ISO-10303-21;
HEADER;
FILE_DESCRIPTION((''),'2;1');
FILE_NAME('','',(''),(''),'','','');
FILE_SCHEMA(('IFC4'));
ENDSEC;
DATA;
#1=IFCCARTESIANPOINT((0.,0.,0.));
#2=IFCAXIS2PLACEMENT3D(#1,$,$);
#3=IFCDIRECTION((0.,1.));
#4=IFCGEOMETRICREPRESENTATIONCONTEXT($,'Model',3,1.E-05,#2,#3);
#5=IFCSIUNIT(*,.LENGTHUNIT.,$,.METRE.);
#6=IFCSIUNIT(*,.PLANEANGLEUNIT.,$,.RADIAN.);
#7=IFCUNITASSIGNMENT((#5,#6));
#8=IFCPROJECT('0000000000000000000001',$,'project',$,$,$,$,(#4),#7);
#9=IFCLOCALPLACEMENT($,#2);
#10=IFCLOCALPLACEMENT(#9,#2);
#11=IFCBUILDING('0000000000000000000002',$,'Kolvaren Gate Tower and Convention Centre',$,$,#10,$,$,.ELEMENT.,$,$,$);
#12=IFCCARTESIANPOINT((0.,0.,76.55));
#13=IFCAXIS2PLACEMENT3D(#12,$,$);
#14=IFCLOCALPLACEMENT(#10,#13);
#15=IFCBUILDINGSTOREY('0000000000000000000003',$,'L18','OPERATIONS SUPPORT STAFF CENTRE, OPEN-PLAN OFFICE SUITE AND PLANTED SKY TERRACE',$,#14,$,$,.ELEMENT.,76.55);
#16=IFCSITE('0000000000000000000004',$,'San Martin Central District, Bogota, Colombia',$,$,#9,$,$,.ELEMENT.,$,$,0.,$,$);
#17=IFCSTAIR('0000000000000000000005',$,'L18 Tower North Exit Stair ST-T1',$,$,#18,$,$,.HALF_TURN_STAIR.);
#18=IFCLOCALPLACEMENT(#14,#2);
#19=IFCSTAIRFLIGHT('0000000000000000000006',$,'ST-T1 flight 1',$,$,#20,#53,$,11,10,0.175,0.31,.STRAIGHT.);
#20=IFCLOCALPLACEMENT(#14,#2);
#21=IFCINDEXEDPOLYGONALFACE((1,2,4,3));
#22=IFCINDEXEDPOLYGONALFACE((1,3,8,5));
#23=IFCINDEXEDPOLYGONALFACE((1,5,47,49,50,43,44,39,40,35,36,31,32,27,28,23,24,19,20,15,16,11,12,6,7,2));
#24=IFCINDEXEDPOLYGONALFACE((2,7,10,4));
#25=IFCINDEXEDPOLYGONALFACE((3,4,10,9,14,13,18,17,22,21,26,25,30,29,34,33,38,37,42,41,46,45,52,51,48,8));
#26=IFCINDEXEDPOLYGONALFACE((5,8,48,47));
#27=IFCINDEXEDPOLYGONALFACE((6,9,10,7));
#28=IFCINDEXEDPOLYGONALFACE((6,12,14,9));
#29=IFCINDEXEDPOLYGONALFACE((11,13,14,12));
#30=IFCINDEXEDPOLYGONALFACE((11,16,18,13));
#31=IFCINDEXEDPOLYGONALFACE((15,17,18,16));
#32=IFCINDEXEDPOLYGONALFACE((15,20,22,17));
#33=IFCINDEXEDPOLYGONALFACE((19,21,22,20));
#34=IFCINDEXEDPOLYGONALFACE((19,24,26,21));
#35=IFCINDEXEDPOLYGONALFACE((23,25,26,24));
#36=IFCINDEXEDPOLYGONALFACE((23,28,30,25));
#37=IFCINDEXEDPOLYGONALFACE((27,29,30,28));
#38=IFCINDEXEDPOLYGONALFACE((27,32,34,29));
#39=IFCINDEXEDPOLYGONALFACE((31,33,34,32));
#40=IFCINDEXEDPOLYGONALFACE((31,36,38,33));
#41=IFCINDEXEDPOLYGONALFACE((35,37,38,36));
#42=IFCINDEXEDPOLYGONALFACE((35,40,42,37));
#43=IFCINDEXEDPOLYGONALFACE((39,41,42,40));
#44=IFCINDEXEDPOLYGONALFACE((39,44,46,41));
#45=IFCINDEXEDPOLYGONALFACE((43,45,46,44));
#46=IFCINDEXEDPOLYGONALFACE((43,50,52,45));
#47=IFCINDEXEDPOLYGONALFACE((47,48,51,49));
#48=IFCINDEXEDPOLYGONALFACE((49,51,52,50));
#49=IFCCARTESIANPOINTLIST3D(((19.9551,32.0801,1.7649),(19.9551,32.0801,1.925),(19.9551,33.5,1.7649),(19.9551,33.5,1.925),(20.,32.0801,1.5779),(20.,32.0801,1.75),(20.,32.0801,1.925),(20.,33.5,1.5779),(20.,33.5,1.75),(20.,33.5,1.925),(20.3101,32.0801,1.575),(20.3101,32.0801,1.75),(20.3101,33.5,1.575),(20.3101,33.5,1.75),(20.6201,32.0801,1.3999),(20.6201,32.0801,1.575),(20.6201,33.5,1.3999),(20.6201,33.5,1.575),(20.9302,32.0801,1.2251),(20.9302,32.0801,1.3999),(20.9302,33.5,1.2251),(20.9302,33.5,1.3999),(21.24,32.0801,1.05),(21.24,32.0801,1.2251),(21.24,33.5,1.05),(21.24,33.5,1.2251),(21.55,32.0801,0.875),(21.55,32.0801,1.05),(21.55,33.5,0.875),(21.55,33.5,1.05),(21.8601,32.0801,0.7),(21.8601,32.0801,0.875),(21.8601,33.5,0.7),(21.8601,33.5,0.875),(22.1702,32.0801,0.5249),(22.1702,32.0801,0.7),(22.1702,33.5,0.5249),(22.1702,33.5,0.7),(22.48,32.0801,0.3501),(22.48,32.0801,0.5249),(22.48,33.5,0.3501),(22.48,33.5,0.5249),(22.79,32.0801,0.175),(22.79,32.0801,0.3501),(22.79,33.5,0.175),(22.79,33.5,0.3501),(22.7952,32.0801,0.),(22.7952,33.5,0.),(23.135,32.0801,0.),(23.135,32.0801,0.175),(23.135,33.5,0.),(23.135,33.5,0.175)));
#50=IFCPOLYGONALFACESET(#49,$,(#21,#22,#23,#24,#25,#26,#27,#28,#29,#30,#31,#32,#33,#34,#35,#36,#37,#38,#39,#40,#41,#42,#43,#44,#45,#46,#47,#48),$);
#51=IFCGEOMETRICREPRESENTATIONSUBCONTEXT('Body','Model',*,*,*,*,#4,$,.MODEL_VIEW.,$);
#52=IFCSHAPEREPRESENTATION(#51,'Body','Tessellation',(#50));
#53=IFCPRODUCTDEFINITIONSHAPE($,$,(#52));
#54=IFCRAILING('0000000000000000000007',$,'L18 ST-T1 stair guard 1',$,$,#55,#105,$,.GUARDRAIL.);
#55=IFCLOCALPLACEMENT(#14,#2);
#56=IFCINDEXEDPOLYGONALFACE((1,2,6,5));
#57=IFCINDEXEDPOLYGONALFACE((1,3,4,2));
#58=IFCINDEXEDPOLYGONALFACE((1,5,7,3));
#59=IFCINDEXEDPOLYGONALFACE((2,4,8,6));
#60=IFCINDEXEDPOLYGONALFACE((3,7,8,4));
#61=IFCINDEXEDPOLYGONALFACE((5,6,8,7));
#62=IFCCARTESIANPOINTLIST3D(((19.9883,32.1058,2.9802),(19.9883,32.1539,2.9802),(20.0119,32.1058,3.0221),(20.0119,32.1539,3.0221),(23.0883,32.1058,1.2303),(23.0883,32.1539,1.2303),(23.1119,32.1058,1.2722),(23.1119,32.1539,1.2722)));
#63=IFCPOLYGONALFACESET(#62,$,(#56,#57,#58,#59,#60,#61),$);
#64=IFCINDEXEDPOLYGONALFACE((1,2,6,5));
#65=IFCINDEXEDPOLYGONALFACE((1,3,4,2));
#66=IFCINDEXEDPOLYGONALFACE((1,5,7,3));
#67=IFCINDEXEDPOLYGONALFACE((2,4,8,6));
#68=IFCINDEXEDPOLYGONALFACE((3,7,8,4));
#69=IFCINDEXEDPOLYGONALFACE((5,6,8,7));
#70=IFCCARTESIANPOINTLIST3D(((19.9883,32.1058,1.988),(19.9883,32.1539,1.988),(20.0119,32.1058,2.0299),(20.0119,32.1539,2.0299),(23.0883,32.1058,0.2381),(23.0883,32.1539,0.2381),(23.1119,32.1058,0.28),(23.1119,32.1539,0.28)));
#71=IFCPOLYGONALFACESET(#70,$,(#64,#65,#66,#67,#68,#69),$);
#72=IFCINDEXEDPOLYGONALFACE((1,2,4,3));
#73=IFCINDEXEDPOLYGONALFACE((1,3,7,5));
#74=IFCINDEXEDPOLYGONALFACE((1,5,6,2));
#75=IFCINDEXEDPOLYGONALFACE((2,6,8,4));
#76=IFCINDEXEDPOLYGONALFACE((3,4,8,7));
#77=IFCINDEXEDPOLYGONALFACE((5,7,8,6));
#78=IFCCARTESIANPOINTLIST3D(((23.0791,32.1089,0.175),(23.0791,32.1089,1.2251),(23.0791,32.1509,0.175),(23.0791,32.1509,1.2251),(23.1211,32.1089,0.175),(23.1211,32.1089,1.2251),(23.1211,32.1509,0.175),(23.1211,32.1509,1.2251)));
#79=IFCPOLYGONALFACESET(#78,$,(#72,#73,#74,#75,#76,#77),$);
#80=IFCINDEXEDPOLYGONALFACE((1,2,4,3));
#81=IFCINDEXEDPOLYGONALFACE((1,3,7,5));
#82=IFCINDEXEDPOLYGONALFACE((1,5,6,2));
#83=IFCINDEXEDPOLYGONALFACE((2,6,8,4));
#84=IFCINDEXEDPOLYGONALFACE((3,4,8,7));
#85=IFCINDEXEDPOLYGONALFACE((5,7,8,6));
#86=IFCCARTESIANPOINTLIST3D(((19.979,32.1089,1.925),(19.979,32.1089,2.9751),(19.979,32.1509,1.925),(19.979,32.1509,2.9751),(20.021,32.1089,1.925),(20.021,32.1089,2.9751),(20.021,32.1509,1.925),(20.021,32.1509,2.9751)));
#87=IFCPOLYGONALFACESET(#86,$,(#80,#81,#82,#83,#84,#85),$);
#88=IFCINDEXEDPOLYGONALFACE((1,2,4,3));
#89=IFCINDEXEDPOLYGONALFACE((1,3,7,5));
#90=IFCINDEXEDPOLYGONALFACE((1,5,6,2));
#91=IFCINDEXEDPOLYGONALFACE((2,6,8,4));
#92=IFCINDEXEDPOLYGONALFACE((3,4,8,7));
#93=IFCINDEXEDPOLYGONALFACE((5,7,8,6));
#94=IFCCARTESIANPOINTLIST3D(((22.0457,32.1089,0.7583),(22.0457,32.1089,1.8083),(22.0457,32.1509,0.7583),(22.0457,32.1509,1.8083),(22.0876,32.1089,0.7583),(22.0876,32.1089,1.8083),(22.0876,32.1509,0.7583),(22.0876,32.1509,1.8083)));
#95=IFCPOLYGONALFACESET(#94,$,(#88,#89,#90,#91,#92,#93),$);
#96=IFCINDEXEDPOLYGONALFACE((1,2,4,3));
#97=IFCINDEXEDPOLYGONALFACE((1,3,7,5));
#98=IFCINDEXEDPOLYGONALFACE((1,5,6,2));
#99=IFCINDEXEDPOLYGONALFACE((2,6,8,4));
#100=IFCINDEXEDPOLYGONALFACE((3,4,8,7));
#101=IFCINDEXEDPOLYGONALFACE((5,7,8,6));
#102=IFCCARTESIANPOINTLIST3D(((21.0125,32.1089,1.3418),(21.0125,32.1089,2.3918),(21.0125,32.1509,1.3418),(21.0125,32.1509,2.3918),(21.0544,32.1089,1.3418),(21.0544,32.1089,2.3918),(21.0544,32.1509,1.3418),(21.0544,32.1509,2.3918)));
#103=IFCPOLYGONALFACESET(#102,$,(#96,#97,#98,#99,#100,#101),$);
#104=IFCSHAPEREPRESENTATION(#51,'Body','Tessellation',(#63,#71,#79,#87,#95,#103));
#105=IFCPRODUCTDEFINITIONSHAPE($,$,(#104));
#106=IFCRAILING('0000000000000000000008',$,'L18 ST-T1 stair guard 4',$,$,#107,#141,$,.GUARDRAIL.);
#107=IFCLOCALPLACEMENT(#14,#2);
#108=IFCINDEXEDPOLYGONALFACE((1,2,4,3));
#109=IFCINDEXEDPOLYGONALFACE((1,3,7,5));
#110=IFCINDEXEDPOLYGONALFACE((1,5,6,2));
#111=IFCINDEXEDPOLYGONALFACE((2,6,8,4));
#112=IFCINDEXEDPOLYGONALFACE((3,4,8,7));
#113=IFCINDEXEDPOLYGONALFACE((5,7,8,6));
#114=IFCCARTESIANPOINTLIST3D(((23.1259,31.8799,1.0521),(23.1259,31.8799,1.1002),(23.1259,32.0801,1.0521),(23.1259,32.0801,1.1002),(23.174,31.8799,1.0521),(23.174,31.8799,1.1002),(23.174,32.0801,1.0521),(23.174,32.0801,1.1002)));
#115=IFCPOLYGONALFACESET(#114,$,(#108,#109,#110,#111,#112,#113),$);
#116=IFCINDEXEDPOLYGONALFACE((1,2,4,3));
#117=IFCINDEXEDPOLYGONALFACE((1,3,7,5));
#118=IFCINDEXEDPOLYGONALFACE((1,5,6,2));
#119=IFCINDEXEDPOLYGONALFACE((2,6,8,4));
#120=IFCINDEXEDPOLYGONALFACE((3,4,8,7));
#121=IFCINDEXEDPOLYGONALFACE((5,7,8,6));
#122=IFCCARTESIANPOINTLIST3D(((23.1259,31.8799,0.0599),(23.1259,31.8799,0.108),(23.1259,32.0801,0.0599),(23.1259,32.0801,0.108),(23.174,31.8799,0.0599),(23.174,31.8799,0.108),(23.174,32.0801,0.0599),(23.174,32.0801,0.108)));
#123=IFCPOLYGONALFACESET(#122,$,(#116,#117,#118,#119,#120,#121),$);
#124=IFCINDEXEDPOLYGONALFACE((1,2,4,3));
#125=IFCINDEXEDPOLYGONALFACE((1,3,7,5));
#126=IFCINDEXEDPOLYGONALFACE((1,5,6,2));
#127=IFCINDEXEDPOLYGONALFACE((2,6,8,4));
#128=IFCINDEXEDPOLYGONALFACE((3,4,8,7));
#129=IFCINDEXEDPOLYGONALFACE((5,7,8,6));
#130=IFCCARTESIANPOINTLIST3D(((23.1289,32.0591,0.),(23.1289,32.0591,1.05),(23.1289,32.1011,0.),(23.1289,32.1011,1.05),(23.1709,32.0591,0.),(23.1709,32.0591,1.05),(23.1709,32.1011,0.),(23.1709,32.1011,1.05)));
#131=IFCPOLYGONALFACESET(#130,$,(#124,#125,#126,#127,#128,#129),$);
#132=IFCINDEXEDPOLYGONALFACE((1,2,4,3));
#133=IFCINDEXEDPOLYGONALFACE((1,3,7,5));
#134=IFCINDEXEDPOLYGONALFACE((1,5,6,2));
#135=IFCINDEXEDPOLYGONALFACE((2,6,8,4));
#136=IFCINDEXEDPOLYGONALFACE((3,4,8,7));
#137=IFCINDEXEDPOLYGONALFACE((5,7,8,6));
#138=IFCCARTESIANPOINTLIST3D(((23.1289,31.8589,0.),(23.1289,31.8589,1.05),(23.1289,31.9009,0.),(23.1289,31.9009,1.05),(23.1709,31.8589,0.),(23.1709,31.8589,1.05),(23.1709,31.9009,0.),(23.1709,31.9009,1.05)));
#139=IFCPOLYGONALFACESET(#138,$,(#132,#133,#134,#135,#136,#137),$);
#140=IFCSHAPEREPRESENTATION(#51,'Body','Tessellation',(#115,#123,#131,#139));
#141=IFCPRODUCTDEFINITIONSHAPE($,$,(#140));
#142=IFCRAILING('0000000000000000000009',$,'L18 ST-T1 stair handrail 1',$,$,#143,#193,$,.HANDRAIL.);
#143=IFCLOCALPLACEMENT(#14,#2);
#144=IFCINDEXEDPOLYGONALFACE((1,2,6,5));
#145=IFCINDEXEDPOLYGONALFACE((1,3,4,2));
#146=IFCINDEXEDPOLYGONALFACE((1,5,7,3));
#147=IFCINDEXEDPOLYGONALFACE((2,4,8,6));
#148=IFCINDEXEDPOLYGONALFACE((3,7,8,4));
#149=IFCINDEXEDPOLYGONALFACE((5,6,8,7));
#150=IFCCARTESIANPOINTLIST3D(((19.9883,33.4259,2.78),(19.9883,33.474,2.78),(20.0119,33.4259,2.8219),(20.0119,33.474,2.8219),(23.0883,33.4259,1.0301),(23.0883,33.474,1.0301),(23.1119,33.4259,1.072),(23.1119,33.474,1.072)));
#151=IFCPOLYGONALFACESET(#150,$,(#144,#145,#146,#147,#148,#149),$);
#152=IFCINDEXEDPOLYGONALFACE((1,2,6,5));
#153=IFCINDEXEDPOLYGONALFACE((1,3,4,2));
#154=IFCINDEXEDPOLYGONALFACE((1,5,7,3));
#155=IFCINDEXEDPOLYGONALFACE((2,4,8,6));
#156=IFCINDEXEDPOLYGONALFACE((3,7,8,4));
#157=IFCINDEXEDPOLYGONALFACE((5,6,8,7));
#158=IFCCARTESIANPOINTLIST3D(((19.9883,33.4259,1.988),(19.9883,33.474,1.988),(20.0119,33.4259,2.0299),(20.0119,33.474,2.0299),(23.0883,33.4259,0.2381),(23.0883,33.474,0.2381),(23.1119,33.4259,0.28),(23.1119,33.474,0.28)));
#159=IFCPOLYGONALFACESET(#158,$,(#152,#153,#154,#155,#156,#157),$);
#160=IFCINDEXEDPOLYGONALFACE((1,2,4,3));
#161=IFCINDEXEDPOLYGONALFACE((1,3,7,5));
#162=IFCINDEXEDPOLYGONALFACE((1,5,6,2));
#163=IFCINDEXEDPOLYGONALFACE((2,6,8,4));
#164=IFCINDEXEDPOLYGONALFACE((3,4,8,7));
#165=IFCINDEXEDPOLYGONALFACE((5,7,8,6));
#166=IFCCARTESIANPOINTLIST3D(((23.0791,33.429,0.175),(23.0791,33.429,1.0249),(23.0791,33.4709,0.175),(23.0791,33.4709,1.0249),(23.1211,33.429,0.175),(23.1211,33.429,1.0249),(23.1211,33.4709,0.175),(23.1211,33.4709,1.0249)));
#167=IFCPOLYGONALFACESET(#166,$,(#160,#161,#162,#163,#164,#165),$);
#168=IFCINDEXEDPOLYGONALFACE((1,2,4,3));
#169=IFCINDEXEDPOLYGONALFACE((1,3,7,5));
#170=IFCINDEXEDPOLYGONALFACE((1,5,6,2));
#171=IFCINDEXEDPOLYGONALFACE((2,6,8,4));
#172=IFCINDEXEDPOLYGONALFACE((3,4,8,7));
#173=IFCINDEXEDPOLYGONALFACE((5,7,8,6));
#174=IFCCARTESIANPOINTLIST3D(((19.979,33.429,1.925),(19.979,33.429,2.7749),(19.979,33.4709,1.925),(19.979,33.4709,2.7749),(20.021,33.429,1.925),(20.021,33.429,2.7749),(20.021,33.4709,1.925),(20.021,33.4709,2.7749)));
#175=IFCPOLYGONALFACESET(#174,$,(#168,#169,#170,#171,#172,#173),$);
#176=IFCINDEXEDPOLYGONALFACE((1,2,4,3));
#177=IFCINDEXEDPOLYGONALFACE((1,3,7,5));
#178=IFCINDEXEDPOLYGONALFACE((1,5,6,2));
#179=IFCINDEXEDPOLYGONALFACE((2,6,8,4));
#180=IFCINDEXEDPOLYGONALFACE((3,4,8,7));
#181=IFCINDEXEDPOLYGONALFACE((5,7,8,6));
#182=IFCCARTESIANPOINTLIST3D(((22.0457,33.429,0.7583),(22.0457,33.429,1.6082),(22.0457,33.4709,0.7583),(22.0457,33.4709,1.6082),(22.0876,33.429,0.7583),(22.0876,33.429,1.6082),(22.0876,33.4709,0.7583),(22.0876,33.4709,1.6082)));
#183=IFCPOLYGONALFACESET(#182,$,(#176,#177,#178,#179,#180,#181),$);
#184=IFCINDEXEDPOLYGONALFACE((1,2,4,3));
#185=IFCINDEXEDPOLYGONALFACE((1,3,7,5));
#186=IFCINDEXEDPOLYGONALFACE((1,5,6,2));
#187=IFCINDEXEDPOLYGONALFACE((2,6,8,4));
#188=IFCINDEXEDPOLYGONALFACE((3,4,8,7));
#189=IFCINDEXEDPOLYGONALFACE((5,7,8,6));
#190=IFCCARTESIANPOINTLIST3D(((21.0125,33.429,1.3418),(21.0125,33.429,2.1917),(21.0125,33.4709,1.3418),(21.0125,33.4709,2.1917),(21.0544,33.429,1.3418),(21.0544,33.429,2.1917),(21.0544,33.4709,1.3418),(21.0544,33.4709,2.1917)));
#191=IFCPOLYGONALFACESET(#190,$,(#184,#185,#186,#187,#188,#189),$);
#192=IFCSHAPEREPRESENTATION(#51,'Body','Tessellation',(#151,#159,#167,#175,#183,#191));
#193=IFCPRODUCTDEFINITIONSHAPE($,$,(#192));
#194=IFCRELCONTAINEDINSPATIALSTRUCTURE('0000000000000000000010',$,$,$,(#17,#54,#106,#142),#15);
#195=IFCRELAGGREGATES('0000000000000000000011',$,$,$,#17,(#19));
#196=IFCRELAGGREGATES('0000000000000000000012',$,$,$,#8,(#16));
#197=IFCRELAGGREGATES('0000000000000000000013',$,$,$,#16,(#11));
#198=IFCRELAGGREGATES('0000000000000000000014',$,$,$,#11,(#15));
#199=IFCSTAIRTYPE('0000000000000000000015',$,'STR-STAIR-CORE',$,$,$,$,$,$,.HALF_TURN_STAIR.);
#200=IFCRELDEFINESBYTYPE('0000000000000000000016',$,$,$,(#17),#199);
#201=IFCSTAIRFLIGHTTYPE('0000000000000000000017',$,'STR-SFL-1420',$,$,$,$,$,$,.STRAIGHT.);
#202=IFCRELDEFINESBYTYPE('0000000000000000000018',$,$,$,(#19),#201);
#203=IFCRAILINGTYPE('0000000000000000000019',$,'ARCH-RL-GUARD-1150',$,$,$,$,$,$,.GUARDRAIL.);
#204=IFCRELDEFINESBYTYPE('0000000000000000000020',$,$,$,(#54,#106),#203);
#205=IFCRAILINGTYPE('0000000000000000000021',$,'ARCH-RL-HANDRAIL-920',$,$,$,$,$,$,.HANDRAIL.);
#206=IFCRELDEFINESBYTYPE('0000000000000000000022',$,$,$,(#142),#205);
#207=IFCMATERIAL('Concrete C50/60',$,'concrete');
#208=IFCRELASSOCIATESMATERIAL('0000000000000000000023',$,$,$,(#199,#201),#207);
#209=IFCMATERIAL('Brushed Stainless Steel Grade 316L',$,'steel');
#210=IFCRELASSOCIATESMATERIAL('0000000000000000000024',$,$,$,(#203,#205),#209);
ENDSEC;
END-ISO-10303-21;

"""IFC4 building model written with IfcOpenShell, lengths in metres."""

from ifc_helpers import new_model, si_unit, direction, frame, origin, origin_2d, place, context, subcontext, project, spatial, polyline, rectangle, outline, extrude, material, type_object, element, aggregate, save


model = new_model("IFC4")

# Units and contexts
model_context = context("Model", 3, precision=1e-05, world=origin(), true_north=direction((0.0, 1.0)))
body_context = subcontext(model_context, "Body", "Model", "MODEL_VIEW")
ifc_project = project(units=[si_unit("LENGTHUNIT", "METRE"), si_unit("PLANEANGLEUNIT", "RADIAN")], contexts=[model_context])

# Site, building, storey
site_placement = place(None, origin())
site = spatial("IfcSite", under=ifc_project, at=site_placement, Name="San Martin Central District, Bogota, Colombia", CompositionType="ELEMENT", RefElevation=0.0)
building_placement = place(site_placement, origin())
building = spatial("IfcBuilding", under=site, at=building_placement, Name="Kolvaren Gate Tower and Convention Centre", CompositionType="ELEMENT")
storey_placement = place(building_placement, frame((0.0, 0.0, 76.55)))
storey = spatial("IfcBuildingStorey", under=building, at=storey_placement, Name="L18", Description="OPERATIONS SUPPORT STAFF CENTRE, OPEN-PLAN OFFICE SUITE AND PLANTED SKY TERRACE", CompositionType="ELEMENT", Elevation=76.55)

# Shared definitions
ifc_material_1 = material(Name="Brushed Stainless Steel Grade 316L", Category="steel")

# Shared definitions
ifc_material_2 = material(Name="Concrete C50/60", Category="concrete")

# Stair, stair flight
stair_type = type_object("IfcStairType", Name="STR-STAIR-CORE", PredefinedType="HALF_TURN_STAIR", material=ifc_material_2)
stair_placement = place(storey_placement, origin())
stair = element("IfcStair", 1, at=stair_placement, inside=storey, type_object=stair_type, Name="L18 Tower North Exit Stair ST-T1", PredefinedType="HALF_TURN_STAIR")
stair_flight_type = type_object("IfcStairFlightType", Name="STR-SFL-1420", PredefinedType="STRAIGHT", material=ifc_material_2)
stair_flight_placement = place(storey_placement, frame((23.1001, 32.79, 0.0), z_axis=(0.0, 0.0, 1.0), x_axis=(-1.0, 0.0, 0.0)))
stair_flight = element("IfcStairFlight", 2, at=stair_flight_placement, type_object=stair_flight_type, Name="ST-T1 flight 1", NumberOfRisers=11, NumberOfTreads=10, PredefinedType="STRAIGHT", RiserHeight=0.175, TreadLength=0.31, context=body_context, shape_type="SweptSolid", body=[
    extrude(outline(polyline([(-0.0349, 0.0), (-0.0349, 0.175), (0.3101, 0.175), (0.3101, 0.3501), (0.6201, 0.3501), (0.6201, 0.5249), (0.9299, 0.5249), (0.9299, 0.7), (1.24, 0.7), (1.24, 0.875), (1.55, 0.875), (1.55, 1.05), (1.8601, 1.05), (1.8601, 1.2251), (2.1699, 1.2251), (2.1699, 1.3999), (2.48, 1.3999), (2.48, 1.575), (2.79, 1.575), (2.79, 1.75), (3.1001, 1.75), (3.1001, 1.925), (3.145, 1.925), (3.145, 1.7649), (3.1001, 1.5779), (0.3049, 0.0), (-0.0349, 0.0)])), frame((0.0, 0.71, 0.0), z_axis=(0.0, -1.0, 0.0), x_axis=(1.0, 0.0, 0.0)), (0.0, 0.0, 1.0), 1.4199),
])
aggregate(stair, [stair_flight])

# Railings
railing_type_1 = type_object("IfcRailingType", Name="ARCH-RL-GUARD-1150", PredefinedType="GUARDRAIL", material=ifc_material_1)
railing_1_placement = place(storey_placement, frame((23.1001, 32.1299, 0.175)))
element("IfcRailing", 3, at=railing_1_placement, inside=storey, type_object=railing_type_1, Name="L18 ST-T1 stair guard 1", PredefinedType="GUARDRAIL", context=body_context, shape_type="SweptSolid", body=[
    extrude(rectangle(XDim=0.0481, YDim=0.0481, at=origin_2d()), frame((0.0, 0.0, 1.0762), z_axis=(-0.870831, 0.0, 0.491583), x_axis=(0.0, -1.0, 0.0)), (0.0, 0.0, 1.0), 3.5598),
    extrude(rectangle(XDim=0.0481, YDim=0.0481, at=origin_2d()), frame((0.0, 0.0, 0.084), z_axis=(-0.870831, 0.0, 0.491583), x_axis=(0.0, -1.0, 0.0)), (0.0, 0.0, 1.0), 3.5598),
    extrude(rectangle(XDim=0.042, YDim=0.042, at=origin_2d()), origin(), (0.0, 0.0, 1.0), 1.05),
    extrude(rectangle(XDim=0.042, YDim=0.042, at=origin_2d()), frame((-3.1001, 0.0, 1.75)), (0.0, 0.0, 1.0), 1.05),
    extrude(rectangle(XDim=0.042, YDim=0.042, at=origin_2d()), frame((-1.0334, 0.0, 0.5833)), (0.0, 0.0, 1.0), 1.05),
    extrude(rectangle(XDim=0.042, YDim=0.042, at=origin_2d()), frame((-2.0667, 0.0, 1.1667)), (0.0, 0.0, 1.0), 1.05),
])
railing_2_placement = place(storey_placement, frame((23.1499, 32.0801, 0.0)))
element("IfcRailing", 4, at=railing_2_placement, inside=storey, type_object=railing_type_1, Name="L18 ST-T1 stair guard 4", PredefinedType="GUARDRAIL", context=body_context, shape_type="SweptSolid", body=[
    extrude(rectangle(XDim=0.0481, YDim=0.0481, at=origin_2d()), frame((0.0, 0.0, 1.0762), z_axis=(0.0, -1.0, 0.0), x_axis=(1.0, 0.0, 0.0)), (0.0, 0.0, 1.0), 0.2002),
    extrude(rectangle(XDim=0.0481, YDim=0.0481, at=origin_2d()), frame((0.0, 0.0, 0.084), z_axis=(0.0, -1.0, 0.0), x_axis=(1.0, 0.0, 0.0)), (0.0, 0.0, 1.0), 0.2002),
    extrude(rectangle(XDim=0.042, YDim=0.042, at=origin_2d()), origin(), (0.0, 0.0, 1.0), 1.05),
    extrude(rectangle(XDim=0.042, YDim=0.042, at=origin_2d()), frame((0.0, -0.2002, 0.0)), (0.0, 0.0, 1.0), 1.05),
])
railing_type_2 = type_object("IfcRailingType", Name="ARCH-RL-HANDRAIL-920", PredefinedType="HANDRAIL", material=ifc_material_1)
railing_3_placement = place(storey_placement, frame((23.1001, 33.45, 0.175)))
element("IfcRailing", 5, at=railing_3_placement, inside=storey, type_object=railing_type_2, Name="L18 ST-T1 stair handrail 1", PredefinedType="HANDRAIL", context=body_context, shape_type="SweptSolid", body=[
    extrude(rectangle(XDim=0.0481, YDim=0.0481, at=origin_2d()), frame((0.0, 0.0, 0.876), z_axis=(-0.870831, 0.0, 0.491583), x_axis=(0.0, -1.0, 0.0)), (0.0, 0.0, 1.0), 3.5598),
    extrude(rectangle(XDim=0.0481, YDim=0.0481, at=origin_2d()), frame((0.0, 0.0, 0.084), z_axis=(-0.870831, 0.0, 0.491583), x_axis=(0.0, -1.0, 0.0)), (0.0, 0.0, 1.0), 3.5598),
    extrude(rectangle(XDim=0.042, YDim=0.042, at=origin_2d()), origin(), (0.0, 0.0, 1.0), 0.8499),
    extrude(rectangle(XDim=0.042, YDim=0.042, at=origin_2d()), frame((-3.1001, 0.0, 1.75)), (0.0, 0.0, 1.0), 0.8499),
    extrude(rectangle(XDim=0.042, YDim=0.042, at=origin_2d()), frame((-1.0334, 0.0, 0.5833)), (0.0, 0.0, 1.0), 0.8499),
    extrude(rectangle(XDim=0.042, YDim=0.042, at=origin_2d()), frame((-2.0667, 0.0, 1.1667)), (0.0, 0.0, 1.0), 0.8499),
])

save(model, "model.ifc")
